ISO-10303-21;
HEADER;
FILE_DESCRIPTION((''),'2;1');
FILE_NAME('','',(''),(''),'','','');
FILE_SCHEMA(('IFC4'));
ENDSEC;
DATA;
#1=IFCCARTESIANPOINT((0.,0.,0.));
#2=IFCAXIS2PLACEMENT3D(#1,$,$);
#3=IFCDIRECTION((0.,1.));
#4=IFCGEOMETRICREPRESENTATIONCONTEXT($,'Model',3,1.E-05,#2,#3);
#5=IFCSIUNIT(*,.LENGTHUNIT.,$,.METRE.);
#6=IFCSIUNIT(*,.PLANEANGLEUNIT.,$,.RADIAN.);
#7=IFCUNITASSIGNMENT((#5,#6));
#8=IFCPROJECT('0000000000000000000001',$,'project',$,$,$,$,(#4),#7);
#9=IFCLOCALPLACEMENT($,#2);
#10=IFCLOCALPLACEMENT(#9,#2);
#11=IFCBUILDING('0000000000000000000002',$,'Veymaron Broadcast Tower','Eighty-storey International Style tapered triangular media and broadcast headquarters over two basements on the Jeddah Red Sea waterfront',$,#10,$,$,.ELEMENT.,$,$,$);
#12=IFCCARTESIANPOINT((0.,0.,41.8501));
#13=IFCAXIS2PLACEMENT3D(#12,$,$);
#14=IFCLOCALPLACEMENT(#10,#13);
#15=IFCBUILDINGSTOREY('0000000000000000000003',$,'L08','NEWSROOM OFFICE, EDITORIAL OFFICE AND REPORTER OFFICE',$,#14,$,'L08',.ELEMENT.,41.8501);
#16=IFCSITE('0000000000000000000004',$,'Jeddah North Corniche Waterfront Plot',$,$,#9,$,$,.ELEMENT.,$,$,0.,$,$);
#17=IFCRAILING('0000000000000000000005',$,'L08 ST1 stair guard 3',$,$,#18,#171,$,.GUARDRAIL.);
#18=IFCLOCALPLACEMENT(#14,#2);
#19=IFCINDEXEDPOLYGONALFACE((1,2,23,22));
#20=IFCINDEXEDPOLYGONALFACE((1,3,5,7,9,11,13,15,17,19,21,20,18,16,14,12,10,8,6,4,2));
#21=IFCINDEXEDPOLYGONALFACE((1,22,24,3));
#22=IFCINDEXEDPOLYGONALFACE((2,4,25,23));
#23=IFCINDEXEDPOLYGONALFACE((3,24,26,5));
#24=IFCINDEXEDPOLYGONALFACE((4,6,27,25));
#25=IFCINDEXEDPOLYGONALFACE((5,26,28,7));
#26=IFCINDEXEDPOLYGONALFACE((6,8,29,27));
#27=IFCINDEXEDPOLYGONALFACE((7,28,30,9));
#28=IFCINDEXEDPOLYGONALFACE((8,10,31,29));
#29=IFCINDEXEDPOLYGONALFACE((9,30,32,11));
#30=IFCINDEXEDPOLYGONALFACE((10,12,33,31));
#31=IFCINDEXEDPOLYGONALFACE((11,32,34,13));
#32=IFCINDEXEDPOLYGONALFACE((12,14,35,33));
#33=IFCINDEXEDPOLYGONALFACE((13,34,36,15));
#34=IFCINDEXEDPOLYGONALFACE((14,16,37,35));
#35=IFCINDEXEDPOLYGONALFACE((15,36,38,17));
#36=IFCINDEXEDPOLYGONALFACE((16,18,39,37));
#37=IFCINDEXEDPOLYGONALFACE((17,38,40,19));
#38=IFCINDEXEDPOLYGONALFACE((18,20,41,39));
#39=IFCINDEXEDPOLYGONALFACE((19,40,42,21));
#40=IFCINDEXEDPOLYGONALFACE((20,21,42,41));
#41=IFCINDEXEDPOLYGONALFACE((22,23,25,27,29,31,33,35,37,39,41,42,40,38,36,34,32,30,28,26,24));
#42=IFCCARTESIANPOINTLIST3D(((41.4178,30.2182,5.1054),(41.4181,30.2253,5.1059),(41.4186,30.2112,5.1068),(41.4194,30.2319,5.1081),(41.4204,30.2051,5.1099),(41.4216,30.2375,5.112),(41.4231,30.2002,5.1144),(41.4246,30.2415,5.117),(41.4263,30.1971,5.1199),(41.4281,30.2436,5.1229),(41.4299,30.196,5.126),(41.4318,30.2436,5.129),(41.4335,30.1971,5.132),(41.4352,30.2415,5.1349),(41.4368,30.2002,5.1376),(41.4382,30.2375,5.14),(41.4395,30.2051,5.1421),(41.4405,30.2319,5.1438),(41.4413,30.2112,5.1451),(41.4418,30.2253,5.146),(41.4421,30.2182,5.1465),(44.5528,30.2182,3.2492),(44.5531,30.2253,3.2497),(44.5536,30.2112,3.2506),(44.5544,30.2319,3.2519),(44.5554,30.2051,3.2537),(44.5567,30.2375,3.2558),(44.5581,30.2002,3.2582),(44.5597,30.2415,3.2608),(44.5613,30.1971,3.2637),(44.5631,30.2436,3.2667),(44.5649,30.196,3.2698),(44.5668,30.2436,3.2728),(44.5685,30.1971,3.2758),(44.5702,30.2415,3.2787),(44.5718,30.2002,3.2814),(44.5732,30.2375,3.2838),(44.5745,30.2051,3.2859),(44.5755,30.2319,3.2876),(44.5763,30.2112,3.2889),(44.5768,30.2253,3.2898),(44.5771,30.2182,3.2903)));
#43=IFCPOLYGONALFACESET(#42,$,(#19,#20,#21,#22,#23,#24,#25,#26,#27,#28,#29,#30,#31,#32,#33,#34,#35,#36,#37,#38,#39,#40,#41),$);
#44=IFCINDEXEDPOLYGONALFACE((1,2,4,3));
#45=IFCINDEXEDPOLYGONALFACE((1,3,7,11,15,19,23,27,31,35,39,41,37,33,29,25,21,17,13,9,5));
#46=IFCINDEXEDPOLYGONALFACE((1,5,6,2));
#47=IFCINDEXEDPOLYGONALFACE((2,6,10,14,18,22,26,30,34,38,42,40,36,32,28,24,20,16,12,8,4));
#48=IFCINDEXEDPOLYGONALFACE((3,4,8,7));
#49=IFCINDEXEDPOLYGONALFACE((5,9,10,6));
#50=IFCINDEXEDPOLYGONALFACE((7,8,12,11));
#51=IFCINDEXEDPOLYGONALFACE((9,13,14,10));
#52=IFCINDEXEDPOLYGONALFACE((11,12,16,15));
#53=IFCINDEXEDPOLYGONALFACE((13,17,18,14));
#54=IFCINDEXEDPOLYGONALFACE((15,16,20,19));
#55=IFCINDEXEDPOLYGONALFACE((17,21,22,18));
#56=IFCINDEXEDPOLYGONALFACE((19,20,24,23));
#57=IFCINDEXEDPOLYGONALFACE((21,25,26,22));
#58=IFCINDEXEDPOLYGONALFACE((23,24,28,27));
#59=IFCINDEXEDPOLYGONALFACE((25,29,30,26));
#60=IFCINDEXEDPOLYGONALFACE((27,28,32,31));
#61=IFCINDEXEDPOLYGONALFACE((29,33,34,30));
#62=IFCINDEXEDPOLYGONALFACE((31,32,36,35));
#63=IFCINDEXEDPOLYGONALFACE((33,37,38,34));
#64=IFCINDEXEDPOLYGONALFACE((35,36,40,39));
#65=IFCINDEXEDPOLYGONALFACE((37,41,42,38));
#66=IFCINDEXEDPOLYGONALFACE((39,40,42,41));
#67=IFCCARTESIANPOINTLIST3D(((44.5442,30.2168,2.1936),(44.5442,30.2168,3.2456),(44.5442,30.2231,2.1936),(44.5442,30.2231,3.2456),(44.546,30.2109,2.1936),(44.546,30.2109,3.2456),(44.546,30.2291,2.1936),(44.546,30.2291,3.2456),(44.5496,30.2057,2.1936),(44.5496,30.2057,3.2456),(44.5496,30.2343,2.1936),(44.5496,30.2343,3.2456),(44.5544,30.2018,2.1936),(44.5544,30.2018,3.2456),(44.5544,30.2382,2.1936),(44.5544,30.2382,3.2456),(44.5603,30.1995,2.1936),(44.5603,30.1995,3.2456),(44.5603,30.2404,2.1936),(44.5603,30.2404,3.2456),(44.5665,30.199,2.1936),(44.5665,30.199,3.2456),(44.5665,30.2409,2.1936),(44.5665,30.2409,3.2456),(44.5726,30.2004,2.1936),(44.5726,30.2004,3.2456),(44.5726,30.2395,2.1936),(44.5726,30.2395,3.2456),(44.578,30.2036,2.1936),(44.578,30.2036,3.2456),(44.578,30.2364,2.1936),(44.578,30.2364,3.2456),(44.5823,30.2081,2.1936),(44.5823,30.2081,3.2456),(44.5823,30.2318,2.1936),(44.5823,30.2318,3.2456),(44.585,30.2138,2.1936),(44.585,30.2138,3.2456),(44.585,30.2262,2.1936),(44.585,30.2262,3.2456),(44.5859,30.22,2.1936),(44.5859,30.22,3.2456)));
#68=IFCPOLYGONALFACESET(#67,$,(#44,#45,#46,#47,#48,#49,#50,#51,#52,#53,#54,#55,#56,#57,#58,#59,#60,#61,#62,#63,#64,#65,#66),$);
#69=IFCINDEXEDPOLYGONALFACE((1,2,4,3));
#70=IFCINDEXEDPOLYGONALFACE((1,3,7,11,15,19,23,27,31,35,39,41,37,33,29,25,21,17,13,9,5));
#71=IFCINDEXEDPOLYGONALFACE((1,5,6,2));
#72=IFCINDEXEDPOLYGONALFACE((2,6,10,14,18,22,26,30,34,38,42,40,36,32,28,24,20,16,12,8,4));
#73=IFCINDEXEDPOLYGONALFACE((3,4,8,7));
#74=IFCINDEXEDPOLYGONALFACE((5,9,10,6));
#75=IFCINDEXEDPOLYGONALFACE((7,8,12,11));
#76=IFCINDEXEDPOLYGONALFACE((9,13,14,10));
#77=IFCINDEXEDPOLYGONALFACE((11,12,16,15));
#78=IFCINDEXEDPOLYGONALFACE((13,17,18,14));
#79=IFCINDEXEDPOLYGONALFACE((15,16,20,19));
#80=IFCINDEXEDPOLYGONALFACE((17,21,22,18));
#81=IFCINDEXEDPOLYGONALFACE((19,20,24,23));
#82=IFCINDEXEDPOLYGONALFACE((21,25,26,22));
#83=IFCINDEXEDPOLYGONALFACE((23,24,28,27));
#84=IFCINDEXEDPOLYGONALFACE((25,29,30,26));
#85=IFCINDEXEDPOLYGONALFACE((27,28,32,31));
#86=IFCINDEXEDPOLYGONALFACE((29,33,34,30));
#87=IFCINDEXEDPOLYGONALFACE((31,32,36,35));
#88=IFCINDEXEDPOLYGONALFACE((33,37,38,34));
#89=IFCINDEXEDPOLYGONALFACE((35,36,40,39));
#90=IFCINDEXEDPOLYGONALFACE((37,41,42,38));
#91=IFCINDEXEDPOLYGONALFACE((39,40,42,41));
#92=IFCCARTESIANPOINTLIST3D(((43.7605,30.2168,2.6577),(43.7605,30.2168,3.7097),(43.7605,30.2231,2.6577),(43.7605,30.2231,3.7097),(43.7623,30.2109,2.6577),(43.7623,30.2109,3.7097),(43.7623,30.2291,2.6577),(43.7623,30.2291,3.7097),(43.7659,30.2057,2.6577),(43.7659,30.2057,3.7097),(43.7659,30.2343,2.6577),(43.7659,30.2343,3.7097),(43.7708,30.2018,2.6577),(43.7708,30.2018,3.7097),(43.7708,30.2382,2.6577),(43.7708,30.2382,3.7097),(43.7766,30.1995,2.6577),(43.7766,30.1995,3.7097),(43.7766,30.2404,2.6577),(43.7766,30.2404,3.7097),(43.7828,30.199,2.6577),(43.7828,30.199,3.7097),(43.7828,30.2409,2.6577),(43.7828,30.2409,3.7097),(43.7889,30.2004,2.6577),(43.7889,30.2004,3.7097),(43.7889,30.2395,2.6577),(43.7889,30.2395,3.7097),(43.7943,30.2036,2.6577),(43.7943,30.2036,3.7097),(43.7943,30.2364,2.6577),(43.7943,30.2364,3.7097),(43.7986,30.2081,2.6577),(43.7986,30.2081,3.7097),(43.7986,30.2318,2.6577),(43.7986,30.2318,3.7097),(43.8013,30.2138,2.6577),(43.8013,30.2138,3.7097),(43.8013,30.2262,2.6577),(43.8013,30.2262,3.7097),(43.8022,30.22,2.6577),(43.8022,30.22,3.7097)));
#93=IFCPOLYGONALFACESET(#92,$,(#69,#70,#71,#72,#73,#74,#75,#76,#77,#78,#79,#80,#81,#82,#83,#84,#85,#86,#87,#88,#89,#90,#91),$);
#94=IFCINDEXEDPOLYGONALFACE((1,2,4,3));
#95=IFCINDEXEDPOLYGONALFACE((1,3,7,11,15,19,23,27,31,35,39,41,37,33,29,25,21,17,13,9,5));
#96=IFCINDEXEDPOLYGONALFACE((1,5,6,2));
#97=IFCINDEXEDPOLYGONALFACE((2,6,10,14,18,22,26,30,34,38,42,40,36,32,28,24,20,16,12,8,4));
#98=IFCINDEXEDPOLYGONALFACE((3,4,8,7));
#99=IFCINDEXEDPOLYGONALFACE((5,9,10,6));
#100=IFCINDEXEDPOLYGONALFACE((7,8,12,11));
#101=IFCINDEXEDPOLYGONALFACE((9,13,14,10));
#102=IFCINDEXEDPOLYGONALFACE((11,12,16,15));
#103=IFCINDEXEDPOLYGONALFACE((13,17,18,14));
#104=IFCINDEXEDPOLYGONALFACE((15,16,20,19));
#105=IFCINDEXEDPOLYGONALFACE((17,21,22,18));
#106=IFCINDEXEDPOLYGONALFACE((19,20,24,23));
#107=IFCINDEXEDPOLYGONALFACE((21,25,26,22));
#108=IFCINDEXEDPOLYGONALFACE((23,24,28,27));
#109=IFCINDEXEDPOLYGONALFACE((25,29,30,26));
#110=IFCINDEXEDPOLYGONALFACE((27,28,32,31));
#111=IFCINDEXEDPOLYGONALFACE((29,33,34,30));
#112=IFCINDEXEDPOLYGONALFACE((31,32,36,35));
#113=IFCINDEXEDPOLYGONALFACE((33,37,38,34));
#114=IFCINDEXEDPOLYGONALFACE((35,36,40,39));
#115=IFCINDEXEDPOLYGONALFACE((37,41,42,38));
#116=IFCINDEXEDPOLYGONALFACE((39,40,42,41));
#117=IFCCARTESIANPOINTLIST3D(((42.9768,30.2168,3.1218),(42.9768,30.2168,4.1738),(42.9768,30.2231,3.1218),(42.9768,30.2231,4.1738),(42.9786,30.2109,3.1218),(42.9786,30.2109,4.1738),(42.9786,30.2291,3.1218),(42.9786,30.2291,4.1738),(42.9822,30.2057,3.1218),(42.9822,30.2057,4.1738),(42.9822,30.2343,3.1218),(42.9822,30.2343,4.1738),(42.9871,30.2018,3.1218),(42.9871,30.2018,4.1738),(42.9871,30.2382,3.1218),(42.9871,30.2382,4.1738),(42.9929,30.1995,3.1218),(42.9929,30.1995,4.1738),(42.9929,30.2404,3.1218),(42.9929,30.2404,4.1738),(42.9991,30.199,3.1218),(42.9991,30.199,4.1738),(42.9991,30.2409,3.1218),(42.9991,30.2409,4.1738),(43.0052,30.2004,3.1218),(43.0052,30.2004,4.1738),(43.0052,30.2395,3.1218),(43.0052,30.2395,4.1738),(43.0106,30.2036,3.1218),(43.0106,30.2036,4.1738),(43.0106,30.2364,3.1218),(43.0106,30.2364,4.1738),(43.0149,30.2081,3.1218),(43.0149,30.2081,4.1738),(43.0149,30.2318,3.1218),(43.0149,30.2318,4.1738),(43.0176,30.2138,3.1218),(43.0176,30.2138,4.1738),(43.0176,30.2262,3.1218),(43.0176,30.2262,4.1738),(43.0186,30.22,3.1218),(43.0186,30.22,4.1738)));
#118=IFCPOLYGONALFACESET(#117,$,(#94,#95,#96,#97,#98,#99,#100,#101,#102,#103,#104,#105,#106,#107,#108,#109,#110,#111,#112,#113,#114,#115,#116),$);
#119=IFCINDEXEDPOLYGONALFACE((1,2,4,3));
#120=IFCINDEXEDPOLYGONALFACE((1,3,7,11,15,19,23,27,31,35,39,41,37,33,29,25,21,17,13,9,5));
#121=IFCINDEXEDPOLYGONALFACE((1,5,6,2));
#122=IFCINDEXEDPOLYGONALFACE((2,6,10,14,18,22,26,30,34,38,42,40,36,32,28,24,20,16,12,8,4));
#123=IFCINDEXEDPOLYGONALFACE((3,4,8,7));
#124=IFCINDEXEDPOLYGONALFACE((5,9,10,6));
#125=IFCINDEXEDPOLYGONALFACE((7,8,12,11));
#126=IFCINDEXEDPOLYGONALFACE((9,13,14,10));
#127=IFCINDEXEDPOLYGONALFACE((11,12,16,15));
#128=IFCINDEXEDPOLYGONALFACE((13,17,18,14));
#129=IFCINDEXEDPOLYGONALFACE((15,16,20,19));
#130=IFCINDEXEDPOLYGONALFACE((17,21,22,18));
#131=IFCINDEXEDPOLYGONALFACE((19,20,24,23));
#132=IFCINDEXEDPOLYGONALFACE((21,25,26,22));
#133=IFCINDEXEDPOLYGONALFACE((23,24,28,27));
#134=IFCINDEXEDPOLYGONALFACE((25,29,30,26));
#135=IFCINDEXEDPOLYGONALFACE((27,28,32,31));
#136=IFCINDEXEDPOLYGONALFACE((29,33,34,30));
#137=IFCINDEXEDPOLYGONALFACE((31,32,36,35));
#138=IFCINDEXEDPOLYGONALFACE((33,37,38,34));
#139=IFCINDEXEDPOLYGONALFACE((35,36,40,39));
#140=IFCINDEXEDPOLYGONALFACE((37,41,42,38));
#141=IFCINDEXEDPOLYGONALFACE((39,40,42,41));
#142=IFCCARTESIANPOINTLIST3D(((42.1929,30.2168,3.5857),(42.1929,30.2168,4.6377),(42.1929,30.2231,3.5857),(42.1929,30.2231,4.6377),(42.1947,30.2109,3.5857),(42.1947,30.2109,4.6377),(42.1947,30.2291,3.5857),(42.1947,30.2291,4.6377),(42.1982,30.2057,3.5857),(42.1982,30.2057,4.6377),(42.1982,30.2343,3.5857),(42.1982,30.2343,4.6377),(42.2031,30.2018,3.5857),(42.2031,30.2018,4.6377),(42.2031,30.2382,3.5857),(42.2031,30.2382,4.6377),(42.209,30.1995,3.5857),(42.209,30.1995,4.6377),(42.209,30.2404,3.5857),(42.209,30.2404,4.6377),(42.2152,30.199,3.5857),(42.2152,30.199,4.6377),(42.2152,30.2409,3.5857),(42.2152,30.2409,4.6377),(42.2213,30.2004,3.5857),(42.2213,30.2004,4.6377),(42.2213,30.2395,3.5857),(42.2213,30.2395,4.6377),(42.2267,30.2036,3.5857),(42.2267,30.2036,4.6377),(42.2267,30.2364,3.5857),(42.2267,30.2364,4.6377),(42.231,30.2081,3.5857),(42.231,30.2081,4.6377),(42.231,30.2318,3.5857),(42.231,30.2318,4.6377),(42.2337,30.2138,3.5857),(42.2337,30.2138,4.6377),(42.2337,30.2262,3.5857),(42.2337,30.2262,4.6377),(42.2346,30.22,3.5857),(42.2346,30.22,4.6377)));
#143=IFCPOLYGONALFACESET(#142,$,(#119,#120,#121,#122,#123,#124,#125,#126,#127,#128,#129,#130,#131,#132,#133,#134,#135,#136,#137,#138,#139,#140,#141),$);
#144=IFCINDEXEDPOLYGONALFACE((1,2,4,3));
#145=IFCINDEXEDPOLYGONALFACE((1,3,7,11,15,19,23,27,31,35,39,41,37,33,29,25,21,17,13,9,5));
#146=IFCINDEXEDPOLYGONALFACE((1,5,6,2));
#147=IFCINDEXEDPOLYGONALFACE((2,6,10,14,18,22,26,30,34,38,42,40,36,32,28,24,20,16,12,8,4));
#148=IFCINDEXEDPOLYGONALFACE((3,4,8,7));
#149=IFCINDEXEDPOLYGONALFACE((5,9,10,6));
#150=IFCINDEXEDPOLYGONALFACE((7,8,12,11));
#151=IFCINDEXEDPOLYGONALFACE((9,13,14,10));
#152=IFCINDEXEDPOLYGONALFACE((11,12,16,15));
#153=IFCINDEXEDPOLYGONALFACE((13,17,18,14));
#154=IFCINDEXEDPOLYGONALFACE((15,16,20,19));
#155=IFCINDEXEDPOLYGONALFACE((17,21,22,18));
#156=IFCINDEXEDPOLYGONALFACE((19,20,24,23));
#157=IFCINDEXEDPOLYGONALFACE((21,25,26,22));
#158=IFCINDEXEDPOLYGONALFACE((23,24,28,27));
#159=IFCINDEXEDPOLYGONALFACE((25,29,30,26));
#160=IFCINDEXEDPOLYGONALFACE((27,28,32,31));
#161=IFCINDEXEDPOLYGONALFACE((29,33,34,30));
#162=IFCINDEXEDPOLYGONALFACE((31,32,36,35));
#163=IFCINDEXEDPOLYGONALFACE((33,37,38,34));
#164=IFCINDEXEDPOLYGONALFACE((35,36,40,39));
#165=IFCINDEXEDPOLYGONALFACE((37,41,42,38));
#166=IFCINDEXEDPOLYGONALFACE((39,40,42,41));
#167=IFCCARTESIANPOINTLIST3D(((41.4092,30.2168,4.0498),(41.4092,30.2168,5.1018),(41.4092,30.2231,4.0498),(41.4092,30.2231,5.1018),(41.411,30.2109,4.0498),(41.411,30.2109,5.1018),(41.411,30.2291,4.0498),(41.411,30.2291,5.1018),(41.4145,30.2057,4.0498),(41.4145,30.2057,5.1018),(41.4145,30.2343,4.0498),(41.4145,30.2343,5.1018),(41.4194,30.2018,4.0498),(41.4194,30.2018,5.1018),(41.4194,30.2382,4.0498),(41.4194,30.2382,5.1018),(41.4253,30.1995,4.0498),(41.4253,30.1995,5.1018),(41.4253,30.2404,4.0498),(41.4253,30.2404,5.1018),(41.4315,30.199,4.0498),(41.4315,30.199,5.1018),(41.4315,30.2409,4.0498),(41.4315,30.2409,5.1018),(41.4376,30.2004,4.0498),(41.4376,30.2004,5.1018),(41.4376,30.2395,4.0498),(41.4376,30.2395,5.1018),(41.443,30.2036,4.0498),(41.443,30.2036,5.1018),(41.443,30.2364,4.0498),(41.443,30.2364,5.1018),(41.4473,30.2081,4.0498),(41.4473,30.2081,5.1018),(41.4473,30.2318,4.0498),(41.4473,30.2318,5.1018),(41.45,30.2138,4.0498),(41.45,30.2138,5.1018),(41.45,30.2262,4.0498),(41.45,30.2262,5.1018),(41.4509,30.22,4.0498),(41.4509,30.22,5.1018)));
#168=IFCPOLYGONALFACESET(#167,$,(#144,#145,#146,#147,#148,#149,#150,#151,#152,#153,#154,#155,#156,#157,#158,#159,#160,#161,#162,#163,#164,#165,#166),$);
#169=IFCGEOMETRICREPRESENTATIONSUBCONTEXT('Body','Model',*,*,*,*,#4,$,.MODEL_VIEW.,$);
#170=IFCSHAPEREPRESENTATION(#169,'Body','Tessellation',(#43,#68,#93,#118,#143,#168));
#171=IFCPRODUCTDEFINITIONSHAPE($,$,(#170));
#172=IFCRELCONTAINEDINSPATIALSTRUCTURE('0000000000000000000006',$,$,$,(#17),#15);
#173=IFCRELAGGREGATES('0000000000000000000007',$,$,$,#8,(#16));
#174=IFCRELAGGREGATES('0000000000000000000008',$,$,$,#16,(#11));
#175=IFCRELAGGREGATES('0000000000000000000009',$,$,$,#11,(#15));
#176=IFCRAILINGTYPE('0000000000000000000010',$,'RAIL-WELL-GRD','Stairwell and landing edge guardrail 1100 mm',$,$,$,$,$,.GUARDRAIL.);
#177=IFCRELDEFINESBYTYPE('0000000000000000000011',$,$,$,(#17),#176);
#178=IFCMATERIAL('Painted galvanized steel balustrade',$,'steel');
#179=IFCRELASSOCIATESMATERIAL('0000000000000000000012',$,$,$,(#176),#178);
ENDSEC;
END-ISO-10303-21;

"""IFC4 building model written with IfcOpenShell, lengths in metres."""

from ifc_helpers import new_model, si_unit, direction, frame, origin, origin_2d, place, context, subcontext, project, spatial, circle, extrude, material, type_object, element, save


model = new_model("IFC4")

# Units and contexts
model_context = context("Model", 3, precision=1e-05, world=origin(), true_north=direction((0.0, 1.0)))
body_context = subcontext(model_context, "Body", "Model", "MODEL_VIEW")
ifc_project = project(units=[si_unit("LENGTHUNIT", "METRE"), si_unit("PLANEANGLEUNIT", "RADIAN")], contexts=[model_context])

# Site, building, storey
site_placement = place(None, origin())
site = spatial("IfcSite", under=ifc_project, at=site_placement, Name="Jeddah North Corniche Waterfront Plot", CompositionType="ELEMENT", RefElevation=0.0)
building_placement = place(site_placement, origin())
building = spatial("IfcBuilding", under=site, at=building_placement, Name="Veymaron Broadcast Tower", Description="Eighty-storey International Style tapered triangular media and broadcast headquarters over two basements on the Jeddah Red Sea waterfront", CompositionType="ELEMENT")
storey_placement = place(building_placement, frame((0.0, 0.0, 41.8501)))
storey = spatial("IfcBuildingStorey", under=building, at=storey_placement, Name="L08", Description="NEWSROOM OFFICE, EDITORIAL OFFICE AND REPORTER OFFICE", LongName="L08", CompositionType="ELEMENT", Elevation=41.8501)

# Railing
ifc_material_1 = material(Name="Painted galvanized steel balustrade", Category="steel")
railing_type_1 = type_object("IfcRailingType", Name="RAIL-WELL-GRD", Description="Stairwell and landing edge guardrail 1100 mm", PredefinedType="GUARDRAIL", material=ifc_material_1)
railing_1_placement = place(storey_placement, frame((44.5649, 30.22, 2.1936)))
element("IfcRailing", 1, at=railing_1_placement, inside=storey, type_object=railing_type_1, Name="L08 ST1 stair guard 3", PredefinedType="GUARDRAIL", context=body_context, shape_type="SweptSolid", body=[
    extrude(circle(Radius=0.0239, at=origin_2d()), frame((0.0, 0.0, 1.0762), z_axis=(-0.860482, 0.0, 0.509481), x_axis=(0.0, -1.0, 0.0)), (0.0, 0.0, 1.0), 3.6433),
    extrude(circle(Radius=0.021, at=origin_2d()), origin(), (0.0, 0.0, 1.0), 1.052),
    extrude(circle(Radius=0.021, at=origin_2d()), frame((-0.7837, 0.0, 0.4641)), (0.0, 0.0, 1.0), 1.052),
    extrude(circle(Radius=0.021, at=origin_2d()), frame((-1.5674, 0.0, 0.9282)), (0.0, 0.0, 1.0), 1.052),
    extrude(circle(Radius=0.021, at=origin_2d()), frame((-2.3513, 0.0, 1.3921)), (0.0, 0.0, 1.0), 1.052),
    extrude(circle(Radius=0.021, at=origin_2d()), frame((-3.135, 0.0, 1.8562)), (0.0, 0.0, 1.0), 1.052),
])

save(model, "model.ifc")
